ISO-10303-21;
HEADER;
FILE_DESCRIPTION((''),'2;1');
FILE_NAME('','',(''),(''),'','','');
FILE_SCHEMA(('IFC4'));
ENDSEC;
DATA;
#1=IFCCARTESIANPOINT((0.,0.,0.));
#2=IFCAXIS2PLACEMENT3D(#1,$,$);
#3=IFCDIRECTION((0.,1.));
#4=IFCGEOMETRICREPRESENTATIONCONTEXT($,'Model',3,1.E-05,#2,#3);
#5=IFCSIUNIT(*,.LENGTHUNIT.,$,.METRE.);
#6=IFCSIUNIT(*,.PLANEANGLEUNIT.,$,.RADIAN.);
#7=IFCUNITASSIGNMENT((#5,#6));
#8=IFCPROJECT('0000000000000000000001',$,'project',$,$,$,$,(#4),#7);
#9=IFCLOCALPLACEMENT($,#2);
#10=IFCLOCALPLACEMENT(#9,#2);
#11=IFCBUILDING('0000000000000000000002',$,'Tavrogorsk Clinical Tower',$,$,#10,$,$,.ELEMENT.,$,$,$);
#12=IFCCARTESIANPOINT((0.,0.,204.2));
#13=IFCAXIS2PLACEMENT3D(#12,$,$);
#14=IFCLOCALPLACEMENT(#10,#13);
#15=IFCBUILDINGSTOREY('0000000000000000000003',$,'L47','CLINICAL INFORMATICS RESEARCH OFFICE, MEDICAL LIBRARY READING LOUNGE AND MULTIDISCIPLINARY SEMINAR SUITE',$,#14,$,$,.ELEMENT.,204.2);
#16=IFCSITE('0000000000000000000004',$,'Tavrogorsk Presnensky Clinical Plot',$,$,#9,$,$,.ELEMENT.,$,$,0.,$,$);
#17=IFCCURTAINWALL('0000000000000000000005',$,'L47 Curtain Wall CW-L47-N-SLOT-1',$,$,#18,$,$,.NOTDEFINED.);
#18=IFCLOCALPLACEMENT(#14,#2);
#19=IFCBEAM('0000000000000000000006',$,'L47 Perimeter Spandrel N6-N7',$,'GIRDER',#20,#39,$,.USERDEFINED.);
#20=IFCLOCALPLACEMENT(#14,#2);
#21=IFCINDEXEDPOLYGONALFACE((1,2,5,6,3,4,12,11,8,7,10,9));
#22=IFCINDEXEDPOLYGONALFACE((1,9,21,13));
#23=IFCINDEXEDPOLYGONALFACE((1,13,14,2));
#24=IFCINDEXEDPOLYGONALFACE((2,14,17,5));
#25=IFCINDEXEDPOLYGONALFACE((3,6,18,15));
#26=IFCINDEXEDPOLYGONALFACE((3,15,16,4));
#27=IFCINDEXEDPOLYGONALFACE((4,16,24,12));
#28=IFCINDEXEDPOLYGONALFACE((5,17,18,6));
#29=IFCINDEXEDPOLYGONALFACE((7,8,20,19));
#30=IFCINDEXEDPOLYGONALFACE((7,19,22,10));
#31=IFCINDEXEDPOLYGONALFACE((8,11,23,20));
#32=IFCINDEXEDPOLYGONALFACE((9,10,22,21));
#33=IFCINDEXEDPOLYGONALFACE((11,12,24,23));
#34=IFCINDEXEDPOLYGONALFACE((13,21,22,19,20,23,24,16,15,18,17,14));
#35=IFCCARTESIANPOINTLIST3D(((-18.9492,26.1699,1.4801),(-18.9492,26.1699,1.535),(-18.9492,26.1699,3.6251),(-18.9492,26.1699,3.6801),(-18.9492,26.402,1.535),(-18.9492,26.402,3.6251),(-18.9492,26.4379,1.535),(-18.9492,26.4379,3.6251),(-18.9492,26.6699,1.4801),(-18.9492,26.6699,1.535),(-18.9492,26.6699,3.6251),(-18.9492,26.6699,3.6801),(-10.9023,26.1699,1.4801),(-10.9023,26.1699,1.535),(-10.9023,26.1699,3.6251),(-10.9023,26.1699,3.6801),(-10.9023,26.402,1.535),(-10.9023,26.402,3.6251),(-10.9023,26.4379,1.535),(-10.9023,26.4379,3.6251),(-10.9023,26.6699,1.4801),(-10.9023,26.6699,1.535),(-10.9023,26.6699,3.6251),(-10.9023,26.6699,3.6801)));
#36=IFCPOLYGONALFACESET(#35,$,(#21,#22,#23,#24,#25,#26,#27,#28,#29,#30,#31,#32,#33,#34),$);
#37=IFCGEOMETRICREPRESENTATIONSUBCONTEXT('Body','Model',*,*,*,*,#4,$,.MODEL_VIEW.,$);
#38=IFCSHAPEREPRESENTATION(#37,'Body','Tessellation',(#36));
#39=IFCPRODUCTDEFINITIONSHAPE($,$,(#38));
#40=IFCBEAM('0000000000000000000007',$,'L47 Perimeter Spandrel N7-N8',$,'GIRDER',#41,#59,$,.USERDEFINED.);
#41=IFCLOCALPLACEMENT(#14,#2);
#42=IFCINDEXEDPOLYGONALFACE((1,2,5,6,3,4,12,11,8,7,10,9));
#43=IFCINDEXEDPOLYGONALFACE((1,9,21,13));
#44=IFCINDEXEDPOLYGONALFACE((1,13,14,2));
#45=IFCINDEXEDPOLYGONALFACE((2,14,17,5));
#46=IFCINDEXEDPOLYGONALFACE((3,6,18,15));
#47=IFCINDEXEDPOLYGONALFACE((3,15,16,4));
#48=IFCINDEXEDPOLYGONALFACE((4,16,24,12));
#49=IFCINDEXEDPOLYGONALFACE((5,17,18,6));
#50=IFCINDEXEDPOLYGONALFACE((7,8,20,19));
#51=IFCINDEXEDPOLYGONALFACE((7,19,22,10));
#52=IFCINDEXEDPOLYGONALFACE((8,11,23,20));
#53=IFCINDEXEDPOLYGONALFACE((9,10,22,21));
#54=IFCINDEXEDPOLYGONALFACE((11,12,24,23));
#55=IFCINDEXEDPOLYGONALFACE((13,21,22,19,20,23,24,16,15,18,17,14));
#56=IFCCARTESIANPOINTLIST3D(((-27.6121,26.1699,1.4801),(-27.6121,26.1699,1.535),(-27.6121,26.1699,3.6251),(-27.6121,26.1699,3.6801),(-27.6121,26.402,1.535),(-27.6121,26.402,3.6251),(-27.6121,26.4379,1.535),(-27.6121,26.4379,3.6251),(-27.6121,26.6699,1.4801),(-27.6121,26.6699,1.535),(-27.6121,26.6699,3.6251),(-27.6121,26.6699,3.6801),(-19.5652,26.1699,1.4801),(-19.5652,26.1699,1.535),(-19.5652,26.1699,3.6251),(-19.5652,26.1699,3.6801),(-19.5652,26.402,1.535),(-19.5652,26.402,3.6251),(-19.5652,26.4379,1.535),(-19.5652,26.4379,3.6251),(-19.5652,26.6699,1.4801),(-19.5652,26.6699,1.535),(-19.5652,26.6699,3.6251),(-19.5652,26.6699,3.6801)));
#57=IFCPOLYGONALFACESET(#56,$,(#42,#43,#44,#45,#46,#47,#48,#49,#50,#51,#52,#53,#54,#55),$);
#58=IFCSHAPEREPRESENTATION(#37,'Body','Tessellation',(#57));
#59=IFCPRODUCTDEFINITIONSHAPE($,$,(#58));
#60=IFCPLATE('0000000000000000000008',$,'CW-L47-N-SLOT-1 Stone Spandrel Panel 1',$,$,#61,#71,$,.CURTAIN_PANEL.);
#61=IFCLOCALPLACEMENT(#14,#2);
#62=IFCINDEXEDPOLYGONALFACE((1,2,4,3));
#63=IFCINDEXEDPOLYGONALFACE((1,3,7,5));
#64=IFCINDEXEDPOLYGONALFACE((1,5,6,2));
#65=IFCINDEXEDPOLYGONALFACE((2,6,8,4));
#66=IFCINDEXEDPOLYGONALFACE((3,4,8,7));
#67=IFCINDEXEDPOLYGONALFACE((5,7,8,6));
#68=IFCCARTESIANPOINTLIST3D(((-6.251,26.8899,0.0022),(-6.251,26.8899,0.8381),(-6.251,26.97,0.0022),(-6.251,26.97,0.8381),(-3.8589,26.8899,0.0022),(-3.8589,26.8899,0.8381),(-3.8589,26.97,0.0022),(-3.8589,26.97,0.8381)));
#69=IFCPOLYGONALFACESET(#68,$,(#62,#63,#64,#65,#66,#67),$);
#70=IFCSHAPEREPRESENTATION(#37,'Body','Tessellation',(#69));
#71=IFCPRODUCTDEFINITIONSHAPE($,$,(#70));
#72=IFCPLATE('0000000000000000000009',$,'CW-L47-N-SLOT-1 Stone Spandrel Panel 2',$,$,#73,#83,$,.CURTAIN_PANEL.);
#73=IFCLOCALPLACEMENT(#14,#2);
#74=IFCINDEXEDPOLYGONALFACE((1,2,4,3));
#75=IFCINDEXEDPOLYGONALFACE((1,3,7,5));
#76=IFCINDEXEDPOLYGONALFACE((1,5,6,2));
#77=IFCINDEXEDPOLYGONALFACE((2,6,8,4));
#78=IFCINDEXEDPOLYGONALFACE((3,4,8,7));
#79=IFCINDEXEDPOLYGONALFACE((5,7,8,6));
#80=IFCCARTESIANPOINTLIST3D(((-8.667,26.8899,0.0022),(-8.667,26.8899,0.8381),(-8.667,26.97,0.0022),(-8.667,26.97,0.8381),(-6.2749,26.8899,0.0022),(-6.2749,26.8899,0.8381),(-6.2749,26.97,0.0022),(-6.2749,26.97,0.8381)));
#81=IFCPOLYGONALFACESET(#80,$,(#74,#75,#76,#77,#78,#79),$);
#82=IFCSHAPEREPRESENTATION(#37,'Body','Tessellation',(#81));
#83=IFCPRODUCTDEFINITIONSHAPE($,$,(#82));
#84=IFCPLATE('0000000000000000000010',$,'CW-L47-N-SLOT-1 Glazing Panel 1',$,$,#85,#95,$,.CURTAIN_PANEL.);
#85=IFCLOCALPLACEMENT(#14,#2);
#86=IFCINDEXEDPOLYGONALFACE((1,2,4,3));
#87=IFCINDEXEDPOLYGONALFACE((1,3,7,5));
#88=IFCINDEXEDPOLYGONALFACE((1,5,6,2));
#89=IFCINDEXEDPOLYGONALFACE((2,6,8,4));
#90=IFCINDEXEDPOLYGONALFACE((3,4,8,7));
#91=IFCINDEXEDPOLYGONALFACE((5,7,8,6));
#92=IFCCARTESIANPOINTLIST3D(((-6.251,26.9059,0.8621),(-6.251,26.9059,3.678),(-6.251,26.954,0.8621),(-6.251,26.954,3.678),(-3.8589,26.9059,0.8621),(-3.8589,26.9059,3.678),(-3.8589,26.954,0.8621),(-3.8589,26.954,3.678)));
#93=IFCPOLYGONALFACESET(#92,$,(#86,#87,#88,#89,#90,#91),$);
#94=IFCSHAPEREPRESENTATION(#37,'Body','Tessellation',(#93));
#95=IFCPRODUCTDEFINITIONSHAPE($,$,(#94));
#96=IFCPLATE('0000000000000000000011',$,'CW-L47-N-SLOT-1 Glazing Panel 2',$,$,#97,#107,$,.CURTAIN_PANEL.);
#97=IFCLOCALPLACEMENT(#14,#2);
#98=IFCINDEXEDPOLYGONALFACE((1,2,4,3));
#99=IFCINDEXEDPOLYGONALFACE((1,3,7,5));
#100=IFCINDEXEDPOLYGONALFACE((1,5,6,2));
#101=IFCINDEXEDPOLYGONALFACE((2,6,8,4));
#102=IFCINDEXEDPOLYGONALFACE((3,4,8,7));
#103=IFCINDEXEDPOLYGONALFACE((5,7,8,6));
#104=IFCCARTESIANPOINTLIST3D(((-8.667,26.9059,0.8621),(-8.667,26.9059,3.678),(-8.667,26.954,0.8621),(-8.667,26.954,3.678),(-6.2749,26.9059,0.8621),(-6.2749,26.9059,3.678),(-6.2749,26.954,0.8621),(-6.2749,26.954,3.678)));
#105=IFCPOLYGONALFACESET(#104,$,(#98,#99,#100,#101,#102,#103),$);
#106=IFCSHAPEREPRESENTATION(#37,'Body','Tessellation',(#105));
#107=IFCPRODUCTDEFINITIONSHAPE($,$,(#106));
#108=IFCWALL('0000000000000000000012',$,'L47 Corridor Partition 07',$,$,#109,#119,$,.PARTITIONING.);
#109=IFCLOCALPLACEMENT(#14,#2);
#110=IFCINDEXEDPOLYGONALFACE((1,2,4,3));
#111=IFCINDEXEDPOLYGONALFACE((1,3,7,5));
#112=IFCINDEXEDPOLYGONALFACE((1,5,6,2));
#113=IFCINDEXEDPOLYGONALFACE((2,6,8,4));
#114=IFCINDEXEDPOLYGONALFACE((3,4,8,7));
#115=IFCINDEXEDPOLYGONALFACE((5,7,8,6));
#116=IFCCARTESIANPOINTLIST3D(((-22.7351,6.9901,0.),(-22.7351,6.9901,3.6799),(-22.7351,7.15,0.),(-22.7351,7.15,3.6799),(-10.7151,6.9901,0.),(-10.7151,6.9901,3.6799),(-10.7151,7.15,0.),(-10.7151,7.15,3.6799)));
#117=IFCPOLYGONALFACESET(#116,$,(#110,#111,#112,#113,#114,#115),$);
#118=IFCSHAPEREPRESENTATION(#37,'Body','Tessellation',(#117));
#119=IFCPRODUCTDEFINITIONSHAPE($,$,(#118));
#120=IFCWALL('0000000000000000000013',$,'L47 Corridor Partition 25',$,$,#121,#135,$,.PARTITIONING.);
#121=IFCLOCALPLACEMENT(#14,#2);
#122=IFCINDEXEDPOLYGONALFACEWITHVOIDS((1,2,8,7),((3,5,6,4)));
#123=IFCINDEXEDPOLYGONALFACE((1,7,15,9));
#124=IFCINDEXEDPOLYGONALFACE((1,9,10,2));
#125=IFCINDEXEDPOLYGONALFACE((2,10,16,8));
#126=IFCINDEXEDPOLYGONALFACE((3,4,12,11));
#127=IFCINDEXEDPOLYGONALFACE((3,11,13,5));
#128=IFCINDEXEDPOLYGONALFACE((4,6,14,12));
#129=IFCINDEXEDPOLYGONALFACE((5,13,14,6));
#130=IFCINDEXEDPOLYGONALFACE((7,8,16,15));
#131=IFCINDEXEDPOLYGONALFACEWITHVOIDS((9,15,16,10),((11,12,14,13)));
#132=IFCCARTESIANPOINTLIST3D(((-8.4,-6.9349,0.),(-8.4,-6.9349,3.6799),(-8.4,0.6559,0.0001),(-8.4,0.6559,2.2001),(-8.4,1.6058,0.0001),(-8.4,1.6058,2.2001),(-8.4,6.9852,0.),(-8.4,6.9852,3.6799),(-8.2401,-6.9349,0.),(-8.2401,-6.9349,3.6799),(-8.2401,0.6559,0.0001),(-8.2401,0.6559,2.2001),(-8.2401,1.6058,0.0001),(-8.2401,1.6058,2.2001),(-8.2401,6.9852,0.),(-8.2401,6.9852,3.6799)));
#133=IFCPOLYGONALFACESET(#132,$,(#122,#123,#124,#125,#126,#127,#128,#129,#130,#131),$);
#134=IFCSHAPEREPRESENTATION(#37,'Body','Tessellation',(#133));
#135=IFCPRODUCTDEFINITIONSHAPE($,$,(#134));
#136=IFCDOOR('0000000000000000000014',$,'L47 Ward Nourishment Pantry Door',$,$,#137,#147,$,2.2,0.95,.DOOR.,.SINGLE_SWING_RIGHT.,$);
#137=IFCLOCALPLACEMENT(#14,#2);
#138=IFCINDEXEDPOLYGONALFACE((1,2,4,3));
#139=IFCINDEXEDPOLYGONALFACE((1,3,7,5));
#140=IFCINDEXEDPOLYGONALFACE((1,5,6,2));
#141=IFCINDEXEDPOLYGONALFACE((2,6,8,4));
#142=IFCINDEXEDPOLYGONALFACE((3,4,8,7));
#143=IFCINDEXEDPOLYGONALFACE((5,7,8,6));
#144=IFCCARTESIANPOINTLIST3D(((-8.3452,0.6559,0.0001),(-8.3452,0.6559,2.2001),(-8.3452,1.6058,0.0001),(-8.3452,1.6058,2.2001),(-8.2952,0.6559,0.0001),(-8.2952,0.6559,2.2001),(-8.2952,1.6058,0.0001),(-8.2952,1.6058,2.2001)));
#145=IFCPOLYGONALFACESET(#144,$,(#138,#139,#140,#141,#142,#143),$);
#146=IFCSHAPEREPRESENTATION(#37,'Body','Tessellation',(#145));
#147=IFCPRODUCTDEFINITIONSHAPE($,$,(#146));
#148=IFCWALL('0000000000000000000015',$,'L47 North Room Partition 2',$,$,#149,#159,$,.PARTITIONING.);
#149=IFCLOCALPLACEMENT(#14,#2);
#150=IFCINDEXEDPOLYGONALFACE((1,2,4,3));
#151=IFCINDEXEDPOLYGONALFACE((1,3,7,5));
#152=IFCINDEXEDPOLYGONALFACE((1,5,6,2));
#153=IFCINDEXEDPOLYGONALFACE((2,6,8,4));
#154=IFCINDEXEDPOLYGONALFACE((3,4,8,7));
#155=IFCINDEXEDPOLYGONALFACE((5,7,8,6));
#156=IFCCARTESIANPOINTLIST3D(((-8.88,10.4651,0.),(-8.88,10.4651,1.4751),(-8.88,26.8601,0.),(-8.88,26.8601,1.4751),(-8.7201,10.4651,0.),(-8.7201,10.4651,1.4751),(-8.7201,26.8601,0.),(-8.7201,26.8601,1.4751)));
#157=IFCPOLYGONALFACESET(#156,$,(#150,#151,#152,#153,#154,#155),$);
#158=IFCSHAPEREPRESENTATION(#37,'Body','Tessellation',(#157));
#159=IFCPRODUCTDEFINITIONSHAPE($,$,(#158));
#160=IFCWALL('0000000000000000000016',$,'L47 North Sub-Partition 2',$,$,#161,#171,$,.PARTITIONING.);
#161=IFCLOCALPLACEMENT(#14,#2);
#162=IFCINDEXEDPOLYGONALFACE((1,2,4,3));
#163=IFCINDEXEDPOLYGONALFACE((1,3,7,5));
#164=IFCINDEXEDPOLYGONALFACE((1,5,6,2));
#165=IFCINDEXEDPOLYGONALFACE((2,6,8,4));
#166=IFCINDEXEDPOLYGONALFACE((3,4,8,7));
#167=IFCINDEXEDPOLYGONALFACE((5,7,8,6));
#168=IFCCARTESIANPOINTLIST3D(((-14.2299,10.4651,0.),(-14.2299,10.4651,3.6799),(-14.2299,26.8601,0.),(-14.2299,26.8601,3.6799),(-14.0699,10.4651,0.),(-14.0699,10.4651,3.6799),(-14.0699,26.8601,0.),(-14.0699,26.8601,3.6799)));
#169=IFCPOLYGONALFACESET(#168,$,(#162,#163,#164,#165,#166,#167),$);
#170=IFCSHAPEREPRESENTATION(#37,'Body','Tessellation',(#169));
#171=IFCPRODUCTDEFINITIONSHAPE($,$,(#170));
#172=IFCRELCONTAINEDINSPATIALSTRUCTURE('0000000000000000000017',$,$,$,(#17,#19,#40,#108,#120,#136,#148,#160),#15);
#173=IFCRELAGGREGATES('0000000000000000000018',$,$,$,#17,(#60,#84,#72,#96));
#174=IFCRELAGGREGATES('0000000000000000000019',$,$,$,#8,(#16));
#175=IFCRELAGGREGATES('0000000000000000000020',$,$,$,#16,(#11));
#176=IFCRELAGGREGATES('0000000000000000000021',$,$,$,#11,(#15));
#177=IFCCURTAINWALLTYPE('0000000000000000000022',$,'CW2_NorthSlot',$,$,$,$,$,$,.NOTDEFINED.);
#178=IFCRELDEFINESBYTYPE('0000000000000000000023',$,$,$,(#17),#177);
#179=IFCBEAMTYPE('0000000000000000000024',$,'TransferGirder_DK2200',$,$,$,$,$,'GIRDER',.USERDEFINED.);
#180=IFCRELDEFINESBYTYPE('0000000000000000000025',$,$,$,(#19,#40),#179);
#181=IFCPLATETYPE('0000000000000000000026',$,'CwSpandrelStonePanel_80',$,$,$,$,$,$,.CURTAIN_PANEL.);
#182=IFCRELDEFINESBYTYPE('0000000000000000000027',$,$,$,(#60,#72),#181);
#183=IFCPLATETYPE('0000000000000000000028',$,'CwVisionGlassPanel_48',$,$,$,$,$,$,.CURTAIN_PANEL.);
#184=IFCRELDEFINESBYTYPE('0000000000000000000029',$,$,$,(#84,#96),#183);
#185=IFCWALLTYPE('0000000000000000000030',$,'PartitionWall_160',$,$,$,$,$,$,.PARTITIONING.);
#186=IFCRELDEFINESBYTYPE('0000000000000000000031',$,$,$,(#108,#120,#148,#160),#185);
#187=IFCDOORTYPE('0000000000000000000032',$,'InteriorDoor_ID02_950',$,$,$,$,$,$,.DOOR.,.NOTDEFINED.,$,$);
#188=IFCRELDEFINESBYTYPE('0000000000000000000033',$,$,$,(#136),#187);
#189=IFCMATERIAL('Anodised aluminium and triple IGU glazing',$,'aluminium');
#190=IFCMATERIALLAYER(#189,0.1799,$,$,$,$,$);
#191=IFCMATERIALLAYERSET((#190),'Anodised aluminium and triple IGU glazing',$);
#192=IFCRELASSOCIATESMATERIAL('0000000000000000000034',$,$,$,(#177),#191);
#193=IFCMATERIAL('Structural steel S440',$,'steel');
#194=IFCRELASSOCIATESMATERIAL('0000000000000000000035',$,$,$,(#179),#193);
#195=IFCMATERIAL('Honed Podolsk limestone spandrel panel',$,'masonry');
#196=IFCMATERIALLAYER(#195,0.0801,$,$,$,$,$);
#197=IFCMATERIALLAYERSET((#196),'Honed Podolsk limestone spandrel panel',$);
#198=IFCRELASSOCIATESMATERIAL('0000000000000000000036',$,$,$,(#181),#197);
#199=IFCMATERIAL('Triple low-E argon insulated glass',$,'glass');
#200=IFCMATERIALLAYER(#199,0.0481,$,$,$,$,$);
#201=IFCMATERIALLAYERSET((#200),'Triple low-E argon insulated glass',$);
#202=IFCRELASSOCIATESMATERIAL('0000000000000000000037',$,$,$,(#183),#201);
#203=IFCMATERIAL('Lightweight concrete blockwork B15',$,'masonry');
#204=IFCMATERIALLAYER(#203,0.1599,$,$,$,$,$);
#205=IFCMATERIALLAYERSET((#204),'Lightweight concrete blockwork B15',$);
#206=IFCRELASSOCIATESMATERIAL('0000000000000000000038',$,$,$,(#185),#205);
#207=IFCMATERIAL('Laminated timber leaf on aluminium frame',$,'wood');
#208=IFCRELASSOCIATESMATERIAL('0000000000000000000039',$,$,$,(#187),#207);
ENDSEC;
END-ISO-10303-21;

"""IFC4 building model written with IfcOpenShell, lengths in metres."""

from ifc_helpers import new_model, si_unit, direction, frame, frame_2d, origin, origin_2d, place, context, subcontext, project, spatial, rectangle, i_section, extrude, material, layer, layer_set, material_profile, profile_set, type_object, element, fill, aggregate, save


model = new_model("IFC4")

# Units and contexts
model_context = context("Model", 3, precision=1e-05, world=origin(), true_north=direction((0.0, 1.0)))
body_context = subcontext(model_context, "Body", "Model", "MODEL_VIEW")
ifc_project = project(units=[si_unit("LENGTHUNIT", "METRE"), si_unit("PLANEANGLEUNIT", "RADIAN")], contexts=[model_context])

# Site, building, storey
site_placement = place(None, origin())
site = spatial("IfcSite", under=ifc_project, at=site_placement, Name="Tavrogorsk Presnensky Clinical Plot", CompositionType="ELEMENT", RefElevation=0.0)
building_placement = place(site_placement, origin())
building = spatial("IfcBuilding", under=site, at=building_placement, Name="Tavrogorsk Clinical Tower", CompositionType="ELEMENT")
storey_placement = place(building_placement, frame((0.0, 0.0, 204.2)))
storey = spatial("IfcBuildingStorey", under=building, at=storey_placement, Name="L47", Description="CLINICAL INFORMATICS RESEARCH OFFICE, MEDICAL LIBRARY READING LOUNGE AND MULTIDISCIPLINARY SEMINAR SUITE", CompositionType="ELEMENT", Elevation=204.2)

# Curtain wall
ifc_material_1 = material(Name="Anodised aluminium and triple IGU glazing", Category="aluminium")
ifc_layer_1 = layer(ifc_material_1, 0.1799)
ifc_layer_set_1 = layer_set([ifc_layer_1], Name="Anodised aluminium and triple IGU glazing")
curtain_wall_type = type_object("IfcCurtainWallType", Name="CW2_NorthSlot", PredefinedType="NOTDEFINED", material=ifc_layer_set_1)
curtain_wall_placement = place(storey_placement, origin())
curtain_wall = element("IfcCurtainWall", 1, at=curtain_wall_placement, inside=storey, type_object=curtain_wall_type, Name="L47 Curtain Wall CW-L47-N-SLOT-1", PredefinedType="NOTDEFINED")

# Beams
ifc_material_2 = material(Name="Structural steel S440", Category="steel")
ifc_material_profile_1 = material_profile(ifc_material_2, i_section(OverallWidth=0.5, OverallDepth=2.2, WebThickness=0.0359, FlangeThickness=0.0549, at=origin_2d()), Name="DK-2200x500x36x55")
ifc_profile_set_1 = profile_set([ifc_material_profile_1], Name="Structural steel S440")
beam_type = type_object("IfcBeamType", Name="TransferGirder_DK2200", ElementType="GIRDER", PredefinedType="USERDEFINED", material=ifc_profile_set_1)
for number, where, z_axis, x_axis, name in (
    (2, (-10.9023, 26.4199, 2.5801), (-1.0, 0.0, 0.0), (0.0, -1.0, 0.0), "L47 Perimeter Spandrel N6-N7"),
    (3, (-19.5652, 26.4199, 2.5801), (-1.0, 0.0, 0.0), (0.0, -1.0, 0.0), "L47 Perimeter Spandrel N7-N8"),
):
    element("IfcBeam", number, at=place(storey_placement, frame(where, z_axis=z_axis, x_axis=x_axis)), inside=storey, type_object=beam_type, Name=name, ObjectType="GIRDER", PredefinedType="USERDEFINED", context=body_context, shape_type="SweptSolid", body=[
        extrude(i_section(OverallWidth=0.5, OverallDepth=2.2, WebThickness=0.0359, FlangeThickness=0.0549, at=origin_2d()), origin(), (0.0, 0.0, 1.0), 8.0469),
    ])

# Plates
ifc_material_3 = material(Name="Honed Podolsk limestone spandrel panel", Category="masonry")
ifc_layer_2 = layer(ifc_material_3, 0.0801)
ifc_layer_set_2 = layer_set([ifc_layer_2], Name="Honed Podolsk limestone spandrel panel")
plate_type_1 = type_object("IfcPlateType", Name="CwSpandrelStonePanel_80", PredefinedType="CURTAIN_PANEL", material=ifc_layer_set_2)
plate_1_placement = place(storey_placement, frame((-5.0549, 26.9299, 0.0022), z_axis=(0.0, 0.0, 1.0), x_axis=(-1.0, 0.0, 0.0)))
plate_1 = element("IfcPlate", 4, at=plate_1_placement, type_object=plate_type_1, Name="CW-L47-N-SLOT-1 Stone Spandrel Panel 1", PredefinedType="CURTAIN_PANEL", context=body_context, shape_type="SweptSolid", body=[
    extrude(rectangle(XDim=2.3921, YDim=0.0801, at=origin_2d()), origin(), (0.0, 0.0, 1.0), 0.8359),
])
plate_2_placement = place(storey_placement, frame((-7.4709, 26.9299, 0.0022), z_axis=(0.0, 0.0, 1.0), x_axis=(-1.0, 0.0, 0.0)))
plate_2 = element("IfcPlate", 5, at=plate_2_placement, type_object=plate_type_1, Name="CW-L47-N-SLOT-1 Stone Spandrel Panel 2", PredefinedType="CURTAIN_PANEL", context=body_context, shape_type="SweptSolid", body=[
    extrude(rectangle(XDim=2.3921, YDim=0.0801, at=origin_2d()), origin(), (0.0, 0.0, 1.0), 0.8359),
])
ifc_material_4 = material(Name="Triple low-E argon insulated glass", Category="glass")
ifc_layer_3 = layer(ifc_material_4, 0.0481)
ifc_layer_set_3 = layer_set([ifc_layer_3], Name="Triple low-E argon insulated glass")
plate_type_2 = type_object("IfcPlateType", Name="CwVisionGlassPanel_48", PredefinedType="CURTAIN_PANEL", material=ifc_layer_set_3)
plate_3_placement = place(storey_placement, frame((-5.0549, 26.9299, 0.8621), z_axis=(0.0, 0.0, 1.0), x_axis=(-1.0, 0.0, 0.0)))
plate_3 = element("IfcPlate", 6, at=plate_3_placement, type_object=plate_type_2, Name="CW-L47-N-SLOT-1 Glazing Panel 1", PredefinedType="CURTAIN_PANEL", context=body_context, shape_type="SweptSolid", body=[
    extrude(rectangle(XDim=2.3921, YDim=0.0481, at=origin_2d()), origin(), (0.0, 0.0, 1.0), 2.8159),
])
plate_4_placement = place(storey_placement, frame((-7.4709, 26.9299, 0.8621), z_axis=(0.0, 0.0, 1.0), x_axis=(-1.0, 0.0, 0.0)))
plate_4 = element("IfcPlate", 7, at=plate_4_placement, type_object=plate_type_2, Name="CW-L47-N-SLOT-1 Glazing Panel 2", PredefinedType="CURTAIN_PANEL", context=body_context, shape_type="SweptSolid", body=[
    extrude(rectangle(XDim=2.3921, YDim=0.0481, at=origin_2d()), origin(), (0.0, 0.0, 1.0), 2.8159),
])
aggregate(curtain_wall, [plate_1, plate_3, plate_2, plate_4])

# Wall
ifc_material_5 = material(Name="Lightweight concrete blockwork B15", Category="masonry")
ifc_layer_4 = layer(ifc_material_5, 0.1599)
ifc_layer_set_4 = layer_set([ifc_layer_4], Name="Lightweight concrete blockwork B15")
wall_type_1 = type_object("IfcWallType", Name="PartitionWall_160", PredefinedType="PARTITIONING", material=ifc_layer_set_4)
wall_1_placement = place(storey_placement, frame((-10.7151, 7.0701, 0.0), z_axis=(0.0, 0.0, 1.0), x_axis=(-1.0, 0.0, 0.0)))
element("IfcWall", 8, at=wall_1_placement, inside=storey, type_object=wall_type_1, Name="L47 Corridor Partition 07", PredefinedType="PARTITIONING", context=body_context, shape_type="SweptSolid", body=[
    extrude(rectangle(XDim=12.02, YDim=0.1599, at=frame_2d((6.01, 0.0))), origin(), (0.0, 0.0, 1.0), 3.6799),
])

# Wall, opening, door
wall_2_placement = place(storey_placement, frame((-8.3201, 6.9851, 0.0), z_axis=(0.0, 0.0, 1.0), x_axis=(0.0, -1.0, 0.0)))
wall_2 = element("IfcWall", 9, at=wall_2_placement, inside=storey, type_object=wall_type_1, Name="L47 Corridor Partition 25", PredefinedType="PARTITIONING", context=body_context, shape_type="SweptSolid", body=[
    extrude(rectangle(XDim=13.9202, YDim=0.1599, at=frame_2d((6.96, 0.0))), origin(), (0.0, 0.0, 1.0), 3.6799),
])
opening_1_placement = place(wall_2_placement, frame((5.3792, 0.0, 0.0)))
opening_1 = element("IfcOpeningElement", 10, at=opening_1_placement, cuts=wall_2, PredefinedType="OPENING", context=body_context, shape_type="SweptSolid", body=[
    extrude(rectangle(XDim=0.95, YDim=2.2, at=frame_2d((0.4751, 1.1001))), frame((0.0, 0.0898, 0.0), z_axis=(0.0, -1.0, 0.0), x_axis=(1.0, 0.0, 0.0)), (0.0, 0.0, 1.0), 0.1799),
])
ifc_material_6 = material(Name="Laminated timber leaf on aluminium frame", Category="wood")
door_type = type_object("IfcDoorType", Name="InteriorDoor_ID02_950", OperationType="NOTDEFINED", PredefinedType="DOOR", material=ifc_material_6)
door_placement = place(opening_1_placement, origin())
door = element("IfcDoor", 11, at=door_placement, inside=storey, type_object=door_type, Name="L47 Ward Nourishment Pantry Door", OperationType="SINGLE_SWING_RIGHT", OverallHeight=2.2, OverallWidth=0.95, PredefinedType="DOOR", context=body_context, shape_type="SweptSolid", body=[
    extrude(rectangle(XDim=0.95, YDim=2.2, at=frame_2d((0.4751, 1.1001))), frame((0.0, 0.0249, 0.0), z_axis=(0.0, -1.0, 0.0), x_axis=(1.0, 0.0, 0.0)), (0.0, 0.0, 1.0), 0.05),
])
fill(opening_1, door)

# Walls
wall_3_placement = place(storey_placement, frame((-8.8, 10.4651, 0.0), z_axis=(0.0, 0.0, 1.0), x_axis=(0.0, 1.0, 0.0)))
element("IfcWall", 12, at=wall_3_placement, inside=storey, type_object=wall_type_1, Name="L47 North Room Partition 2", PredefinedType="PARTITIONING", context=body_context, shape_type="SweptSolid", body=[
    extrude(rectangle(XDim=16.395, YDim=0.1599, at=frame_2d((8.1975, 0.0))), origin(), (0.0, 0.0, 1.0), 1.4751),
])
wall_4_placement = place(storey_placement, frame((-14.1499, 10.4651, 0.0), z_axis=(0.0, 0.0, 1.0), x_axis=(0.0, 1.0, 0.0)))
element("IfcWall", 13, at=wall_4_placement, inside=storey, type_object=wall_type_1, Name="L47 North Sub-Partition 2", PredefinedType="PARTITIONING", context=body_context, shape_type="SweptSolid", body=[
    extrude(rectangle(XDim=16.395, YDim=0.1599, at=frame_2d((8.1975, 0.0))), origin(), (0.0, 0.0, 1.0), 3.6799),
])

save(model, "model.ifc")
